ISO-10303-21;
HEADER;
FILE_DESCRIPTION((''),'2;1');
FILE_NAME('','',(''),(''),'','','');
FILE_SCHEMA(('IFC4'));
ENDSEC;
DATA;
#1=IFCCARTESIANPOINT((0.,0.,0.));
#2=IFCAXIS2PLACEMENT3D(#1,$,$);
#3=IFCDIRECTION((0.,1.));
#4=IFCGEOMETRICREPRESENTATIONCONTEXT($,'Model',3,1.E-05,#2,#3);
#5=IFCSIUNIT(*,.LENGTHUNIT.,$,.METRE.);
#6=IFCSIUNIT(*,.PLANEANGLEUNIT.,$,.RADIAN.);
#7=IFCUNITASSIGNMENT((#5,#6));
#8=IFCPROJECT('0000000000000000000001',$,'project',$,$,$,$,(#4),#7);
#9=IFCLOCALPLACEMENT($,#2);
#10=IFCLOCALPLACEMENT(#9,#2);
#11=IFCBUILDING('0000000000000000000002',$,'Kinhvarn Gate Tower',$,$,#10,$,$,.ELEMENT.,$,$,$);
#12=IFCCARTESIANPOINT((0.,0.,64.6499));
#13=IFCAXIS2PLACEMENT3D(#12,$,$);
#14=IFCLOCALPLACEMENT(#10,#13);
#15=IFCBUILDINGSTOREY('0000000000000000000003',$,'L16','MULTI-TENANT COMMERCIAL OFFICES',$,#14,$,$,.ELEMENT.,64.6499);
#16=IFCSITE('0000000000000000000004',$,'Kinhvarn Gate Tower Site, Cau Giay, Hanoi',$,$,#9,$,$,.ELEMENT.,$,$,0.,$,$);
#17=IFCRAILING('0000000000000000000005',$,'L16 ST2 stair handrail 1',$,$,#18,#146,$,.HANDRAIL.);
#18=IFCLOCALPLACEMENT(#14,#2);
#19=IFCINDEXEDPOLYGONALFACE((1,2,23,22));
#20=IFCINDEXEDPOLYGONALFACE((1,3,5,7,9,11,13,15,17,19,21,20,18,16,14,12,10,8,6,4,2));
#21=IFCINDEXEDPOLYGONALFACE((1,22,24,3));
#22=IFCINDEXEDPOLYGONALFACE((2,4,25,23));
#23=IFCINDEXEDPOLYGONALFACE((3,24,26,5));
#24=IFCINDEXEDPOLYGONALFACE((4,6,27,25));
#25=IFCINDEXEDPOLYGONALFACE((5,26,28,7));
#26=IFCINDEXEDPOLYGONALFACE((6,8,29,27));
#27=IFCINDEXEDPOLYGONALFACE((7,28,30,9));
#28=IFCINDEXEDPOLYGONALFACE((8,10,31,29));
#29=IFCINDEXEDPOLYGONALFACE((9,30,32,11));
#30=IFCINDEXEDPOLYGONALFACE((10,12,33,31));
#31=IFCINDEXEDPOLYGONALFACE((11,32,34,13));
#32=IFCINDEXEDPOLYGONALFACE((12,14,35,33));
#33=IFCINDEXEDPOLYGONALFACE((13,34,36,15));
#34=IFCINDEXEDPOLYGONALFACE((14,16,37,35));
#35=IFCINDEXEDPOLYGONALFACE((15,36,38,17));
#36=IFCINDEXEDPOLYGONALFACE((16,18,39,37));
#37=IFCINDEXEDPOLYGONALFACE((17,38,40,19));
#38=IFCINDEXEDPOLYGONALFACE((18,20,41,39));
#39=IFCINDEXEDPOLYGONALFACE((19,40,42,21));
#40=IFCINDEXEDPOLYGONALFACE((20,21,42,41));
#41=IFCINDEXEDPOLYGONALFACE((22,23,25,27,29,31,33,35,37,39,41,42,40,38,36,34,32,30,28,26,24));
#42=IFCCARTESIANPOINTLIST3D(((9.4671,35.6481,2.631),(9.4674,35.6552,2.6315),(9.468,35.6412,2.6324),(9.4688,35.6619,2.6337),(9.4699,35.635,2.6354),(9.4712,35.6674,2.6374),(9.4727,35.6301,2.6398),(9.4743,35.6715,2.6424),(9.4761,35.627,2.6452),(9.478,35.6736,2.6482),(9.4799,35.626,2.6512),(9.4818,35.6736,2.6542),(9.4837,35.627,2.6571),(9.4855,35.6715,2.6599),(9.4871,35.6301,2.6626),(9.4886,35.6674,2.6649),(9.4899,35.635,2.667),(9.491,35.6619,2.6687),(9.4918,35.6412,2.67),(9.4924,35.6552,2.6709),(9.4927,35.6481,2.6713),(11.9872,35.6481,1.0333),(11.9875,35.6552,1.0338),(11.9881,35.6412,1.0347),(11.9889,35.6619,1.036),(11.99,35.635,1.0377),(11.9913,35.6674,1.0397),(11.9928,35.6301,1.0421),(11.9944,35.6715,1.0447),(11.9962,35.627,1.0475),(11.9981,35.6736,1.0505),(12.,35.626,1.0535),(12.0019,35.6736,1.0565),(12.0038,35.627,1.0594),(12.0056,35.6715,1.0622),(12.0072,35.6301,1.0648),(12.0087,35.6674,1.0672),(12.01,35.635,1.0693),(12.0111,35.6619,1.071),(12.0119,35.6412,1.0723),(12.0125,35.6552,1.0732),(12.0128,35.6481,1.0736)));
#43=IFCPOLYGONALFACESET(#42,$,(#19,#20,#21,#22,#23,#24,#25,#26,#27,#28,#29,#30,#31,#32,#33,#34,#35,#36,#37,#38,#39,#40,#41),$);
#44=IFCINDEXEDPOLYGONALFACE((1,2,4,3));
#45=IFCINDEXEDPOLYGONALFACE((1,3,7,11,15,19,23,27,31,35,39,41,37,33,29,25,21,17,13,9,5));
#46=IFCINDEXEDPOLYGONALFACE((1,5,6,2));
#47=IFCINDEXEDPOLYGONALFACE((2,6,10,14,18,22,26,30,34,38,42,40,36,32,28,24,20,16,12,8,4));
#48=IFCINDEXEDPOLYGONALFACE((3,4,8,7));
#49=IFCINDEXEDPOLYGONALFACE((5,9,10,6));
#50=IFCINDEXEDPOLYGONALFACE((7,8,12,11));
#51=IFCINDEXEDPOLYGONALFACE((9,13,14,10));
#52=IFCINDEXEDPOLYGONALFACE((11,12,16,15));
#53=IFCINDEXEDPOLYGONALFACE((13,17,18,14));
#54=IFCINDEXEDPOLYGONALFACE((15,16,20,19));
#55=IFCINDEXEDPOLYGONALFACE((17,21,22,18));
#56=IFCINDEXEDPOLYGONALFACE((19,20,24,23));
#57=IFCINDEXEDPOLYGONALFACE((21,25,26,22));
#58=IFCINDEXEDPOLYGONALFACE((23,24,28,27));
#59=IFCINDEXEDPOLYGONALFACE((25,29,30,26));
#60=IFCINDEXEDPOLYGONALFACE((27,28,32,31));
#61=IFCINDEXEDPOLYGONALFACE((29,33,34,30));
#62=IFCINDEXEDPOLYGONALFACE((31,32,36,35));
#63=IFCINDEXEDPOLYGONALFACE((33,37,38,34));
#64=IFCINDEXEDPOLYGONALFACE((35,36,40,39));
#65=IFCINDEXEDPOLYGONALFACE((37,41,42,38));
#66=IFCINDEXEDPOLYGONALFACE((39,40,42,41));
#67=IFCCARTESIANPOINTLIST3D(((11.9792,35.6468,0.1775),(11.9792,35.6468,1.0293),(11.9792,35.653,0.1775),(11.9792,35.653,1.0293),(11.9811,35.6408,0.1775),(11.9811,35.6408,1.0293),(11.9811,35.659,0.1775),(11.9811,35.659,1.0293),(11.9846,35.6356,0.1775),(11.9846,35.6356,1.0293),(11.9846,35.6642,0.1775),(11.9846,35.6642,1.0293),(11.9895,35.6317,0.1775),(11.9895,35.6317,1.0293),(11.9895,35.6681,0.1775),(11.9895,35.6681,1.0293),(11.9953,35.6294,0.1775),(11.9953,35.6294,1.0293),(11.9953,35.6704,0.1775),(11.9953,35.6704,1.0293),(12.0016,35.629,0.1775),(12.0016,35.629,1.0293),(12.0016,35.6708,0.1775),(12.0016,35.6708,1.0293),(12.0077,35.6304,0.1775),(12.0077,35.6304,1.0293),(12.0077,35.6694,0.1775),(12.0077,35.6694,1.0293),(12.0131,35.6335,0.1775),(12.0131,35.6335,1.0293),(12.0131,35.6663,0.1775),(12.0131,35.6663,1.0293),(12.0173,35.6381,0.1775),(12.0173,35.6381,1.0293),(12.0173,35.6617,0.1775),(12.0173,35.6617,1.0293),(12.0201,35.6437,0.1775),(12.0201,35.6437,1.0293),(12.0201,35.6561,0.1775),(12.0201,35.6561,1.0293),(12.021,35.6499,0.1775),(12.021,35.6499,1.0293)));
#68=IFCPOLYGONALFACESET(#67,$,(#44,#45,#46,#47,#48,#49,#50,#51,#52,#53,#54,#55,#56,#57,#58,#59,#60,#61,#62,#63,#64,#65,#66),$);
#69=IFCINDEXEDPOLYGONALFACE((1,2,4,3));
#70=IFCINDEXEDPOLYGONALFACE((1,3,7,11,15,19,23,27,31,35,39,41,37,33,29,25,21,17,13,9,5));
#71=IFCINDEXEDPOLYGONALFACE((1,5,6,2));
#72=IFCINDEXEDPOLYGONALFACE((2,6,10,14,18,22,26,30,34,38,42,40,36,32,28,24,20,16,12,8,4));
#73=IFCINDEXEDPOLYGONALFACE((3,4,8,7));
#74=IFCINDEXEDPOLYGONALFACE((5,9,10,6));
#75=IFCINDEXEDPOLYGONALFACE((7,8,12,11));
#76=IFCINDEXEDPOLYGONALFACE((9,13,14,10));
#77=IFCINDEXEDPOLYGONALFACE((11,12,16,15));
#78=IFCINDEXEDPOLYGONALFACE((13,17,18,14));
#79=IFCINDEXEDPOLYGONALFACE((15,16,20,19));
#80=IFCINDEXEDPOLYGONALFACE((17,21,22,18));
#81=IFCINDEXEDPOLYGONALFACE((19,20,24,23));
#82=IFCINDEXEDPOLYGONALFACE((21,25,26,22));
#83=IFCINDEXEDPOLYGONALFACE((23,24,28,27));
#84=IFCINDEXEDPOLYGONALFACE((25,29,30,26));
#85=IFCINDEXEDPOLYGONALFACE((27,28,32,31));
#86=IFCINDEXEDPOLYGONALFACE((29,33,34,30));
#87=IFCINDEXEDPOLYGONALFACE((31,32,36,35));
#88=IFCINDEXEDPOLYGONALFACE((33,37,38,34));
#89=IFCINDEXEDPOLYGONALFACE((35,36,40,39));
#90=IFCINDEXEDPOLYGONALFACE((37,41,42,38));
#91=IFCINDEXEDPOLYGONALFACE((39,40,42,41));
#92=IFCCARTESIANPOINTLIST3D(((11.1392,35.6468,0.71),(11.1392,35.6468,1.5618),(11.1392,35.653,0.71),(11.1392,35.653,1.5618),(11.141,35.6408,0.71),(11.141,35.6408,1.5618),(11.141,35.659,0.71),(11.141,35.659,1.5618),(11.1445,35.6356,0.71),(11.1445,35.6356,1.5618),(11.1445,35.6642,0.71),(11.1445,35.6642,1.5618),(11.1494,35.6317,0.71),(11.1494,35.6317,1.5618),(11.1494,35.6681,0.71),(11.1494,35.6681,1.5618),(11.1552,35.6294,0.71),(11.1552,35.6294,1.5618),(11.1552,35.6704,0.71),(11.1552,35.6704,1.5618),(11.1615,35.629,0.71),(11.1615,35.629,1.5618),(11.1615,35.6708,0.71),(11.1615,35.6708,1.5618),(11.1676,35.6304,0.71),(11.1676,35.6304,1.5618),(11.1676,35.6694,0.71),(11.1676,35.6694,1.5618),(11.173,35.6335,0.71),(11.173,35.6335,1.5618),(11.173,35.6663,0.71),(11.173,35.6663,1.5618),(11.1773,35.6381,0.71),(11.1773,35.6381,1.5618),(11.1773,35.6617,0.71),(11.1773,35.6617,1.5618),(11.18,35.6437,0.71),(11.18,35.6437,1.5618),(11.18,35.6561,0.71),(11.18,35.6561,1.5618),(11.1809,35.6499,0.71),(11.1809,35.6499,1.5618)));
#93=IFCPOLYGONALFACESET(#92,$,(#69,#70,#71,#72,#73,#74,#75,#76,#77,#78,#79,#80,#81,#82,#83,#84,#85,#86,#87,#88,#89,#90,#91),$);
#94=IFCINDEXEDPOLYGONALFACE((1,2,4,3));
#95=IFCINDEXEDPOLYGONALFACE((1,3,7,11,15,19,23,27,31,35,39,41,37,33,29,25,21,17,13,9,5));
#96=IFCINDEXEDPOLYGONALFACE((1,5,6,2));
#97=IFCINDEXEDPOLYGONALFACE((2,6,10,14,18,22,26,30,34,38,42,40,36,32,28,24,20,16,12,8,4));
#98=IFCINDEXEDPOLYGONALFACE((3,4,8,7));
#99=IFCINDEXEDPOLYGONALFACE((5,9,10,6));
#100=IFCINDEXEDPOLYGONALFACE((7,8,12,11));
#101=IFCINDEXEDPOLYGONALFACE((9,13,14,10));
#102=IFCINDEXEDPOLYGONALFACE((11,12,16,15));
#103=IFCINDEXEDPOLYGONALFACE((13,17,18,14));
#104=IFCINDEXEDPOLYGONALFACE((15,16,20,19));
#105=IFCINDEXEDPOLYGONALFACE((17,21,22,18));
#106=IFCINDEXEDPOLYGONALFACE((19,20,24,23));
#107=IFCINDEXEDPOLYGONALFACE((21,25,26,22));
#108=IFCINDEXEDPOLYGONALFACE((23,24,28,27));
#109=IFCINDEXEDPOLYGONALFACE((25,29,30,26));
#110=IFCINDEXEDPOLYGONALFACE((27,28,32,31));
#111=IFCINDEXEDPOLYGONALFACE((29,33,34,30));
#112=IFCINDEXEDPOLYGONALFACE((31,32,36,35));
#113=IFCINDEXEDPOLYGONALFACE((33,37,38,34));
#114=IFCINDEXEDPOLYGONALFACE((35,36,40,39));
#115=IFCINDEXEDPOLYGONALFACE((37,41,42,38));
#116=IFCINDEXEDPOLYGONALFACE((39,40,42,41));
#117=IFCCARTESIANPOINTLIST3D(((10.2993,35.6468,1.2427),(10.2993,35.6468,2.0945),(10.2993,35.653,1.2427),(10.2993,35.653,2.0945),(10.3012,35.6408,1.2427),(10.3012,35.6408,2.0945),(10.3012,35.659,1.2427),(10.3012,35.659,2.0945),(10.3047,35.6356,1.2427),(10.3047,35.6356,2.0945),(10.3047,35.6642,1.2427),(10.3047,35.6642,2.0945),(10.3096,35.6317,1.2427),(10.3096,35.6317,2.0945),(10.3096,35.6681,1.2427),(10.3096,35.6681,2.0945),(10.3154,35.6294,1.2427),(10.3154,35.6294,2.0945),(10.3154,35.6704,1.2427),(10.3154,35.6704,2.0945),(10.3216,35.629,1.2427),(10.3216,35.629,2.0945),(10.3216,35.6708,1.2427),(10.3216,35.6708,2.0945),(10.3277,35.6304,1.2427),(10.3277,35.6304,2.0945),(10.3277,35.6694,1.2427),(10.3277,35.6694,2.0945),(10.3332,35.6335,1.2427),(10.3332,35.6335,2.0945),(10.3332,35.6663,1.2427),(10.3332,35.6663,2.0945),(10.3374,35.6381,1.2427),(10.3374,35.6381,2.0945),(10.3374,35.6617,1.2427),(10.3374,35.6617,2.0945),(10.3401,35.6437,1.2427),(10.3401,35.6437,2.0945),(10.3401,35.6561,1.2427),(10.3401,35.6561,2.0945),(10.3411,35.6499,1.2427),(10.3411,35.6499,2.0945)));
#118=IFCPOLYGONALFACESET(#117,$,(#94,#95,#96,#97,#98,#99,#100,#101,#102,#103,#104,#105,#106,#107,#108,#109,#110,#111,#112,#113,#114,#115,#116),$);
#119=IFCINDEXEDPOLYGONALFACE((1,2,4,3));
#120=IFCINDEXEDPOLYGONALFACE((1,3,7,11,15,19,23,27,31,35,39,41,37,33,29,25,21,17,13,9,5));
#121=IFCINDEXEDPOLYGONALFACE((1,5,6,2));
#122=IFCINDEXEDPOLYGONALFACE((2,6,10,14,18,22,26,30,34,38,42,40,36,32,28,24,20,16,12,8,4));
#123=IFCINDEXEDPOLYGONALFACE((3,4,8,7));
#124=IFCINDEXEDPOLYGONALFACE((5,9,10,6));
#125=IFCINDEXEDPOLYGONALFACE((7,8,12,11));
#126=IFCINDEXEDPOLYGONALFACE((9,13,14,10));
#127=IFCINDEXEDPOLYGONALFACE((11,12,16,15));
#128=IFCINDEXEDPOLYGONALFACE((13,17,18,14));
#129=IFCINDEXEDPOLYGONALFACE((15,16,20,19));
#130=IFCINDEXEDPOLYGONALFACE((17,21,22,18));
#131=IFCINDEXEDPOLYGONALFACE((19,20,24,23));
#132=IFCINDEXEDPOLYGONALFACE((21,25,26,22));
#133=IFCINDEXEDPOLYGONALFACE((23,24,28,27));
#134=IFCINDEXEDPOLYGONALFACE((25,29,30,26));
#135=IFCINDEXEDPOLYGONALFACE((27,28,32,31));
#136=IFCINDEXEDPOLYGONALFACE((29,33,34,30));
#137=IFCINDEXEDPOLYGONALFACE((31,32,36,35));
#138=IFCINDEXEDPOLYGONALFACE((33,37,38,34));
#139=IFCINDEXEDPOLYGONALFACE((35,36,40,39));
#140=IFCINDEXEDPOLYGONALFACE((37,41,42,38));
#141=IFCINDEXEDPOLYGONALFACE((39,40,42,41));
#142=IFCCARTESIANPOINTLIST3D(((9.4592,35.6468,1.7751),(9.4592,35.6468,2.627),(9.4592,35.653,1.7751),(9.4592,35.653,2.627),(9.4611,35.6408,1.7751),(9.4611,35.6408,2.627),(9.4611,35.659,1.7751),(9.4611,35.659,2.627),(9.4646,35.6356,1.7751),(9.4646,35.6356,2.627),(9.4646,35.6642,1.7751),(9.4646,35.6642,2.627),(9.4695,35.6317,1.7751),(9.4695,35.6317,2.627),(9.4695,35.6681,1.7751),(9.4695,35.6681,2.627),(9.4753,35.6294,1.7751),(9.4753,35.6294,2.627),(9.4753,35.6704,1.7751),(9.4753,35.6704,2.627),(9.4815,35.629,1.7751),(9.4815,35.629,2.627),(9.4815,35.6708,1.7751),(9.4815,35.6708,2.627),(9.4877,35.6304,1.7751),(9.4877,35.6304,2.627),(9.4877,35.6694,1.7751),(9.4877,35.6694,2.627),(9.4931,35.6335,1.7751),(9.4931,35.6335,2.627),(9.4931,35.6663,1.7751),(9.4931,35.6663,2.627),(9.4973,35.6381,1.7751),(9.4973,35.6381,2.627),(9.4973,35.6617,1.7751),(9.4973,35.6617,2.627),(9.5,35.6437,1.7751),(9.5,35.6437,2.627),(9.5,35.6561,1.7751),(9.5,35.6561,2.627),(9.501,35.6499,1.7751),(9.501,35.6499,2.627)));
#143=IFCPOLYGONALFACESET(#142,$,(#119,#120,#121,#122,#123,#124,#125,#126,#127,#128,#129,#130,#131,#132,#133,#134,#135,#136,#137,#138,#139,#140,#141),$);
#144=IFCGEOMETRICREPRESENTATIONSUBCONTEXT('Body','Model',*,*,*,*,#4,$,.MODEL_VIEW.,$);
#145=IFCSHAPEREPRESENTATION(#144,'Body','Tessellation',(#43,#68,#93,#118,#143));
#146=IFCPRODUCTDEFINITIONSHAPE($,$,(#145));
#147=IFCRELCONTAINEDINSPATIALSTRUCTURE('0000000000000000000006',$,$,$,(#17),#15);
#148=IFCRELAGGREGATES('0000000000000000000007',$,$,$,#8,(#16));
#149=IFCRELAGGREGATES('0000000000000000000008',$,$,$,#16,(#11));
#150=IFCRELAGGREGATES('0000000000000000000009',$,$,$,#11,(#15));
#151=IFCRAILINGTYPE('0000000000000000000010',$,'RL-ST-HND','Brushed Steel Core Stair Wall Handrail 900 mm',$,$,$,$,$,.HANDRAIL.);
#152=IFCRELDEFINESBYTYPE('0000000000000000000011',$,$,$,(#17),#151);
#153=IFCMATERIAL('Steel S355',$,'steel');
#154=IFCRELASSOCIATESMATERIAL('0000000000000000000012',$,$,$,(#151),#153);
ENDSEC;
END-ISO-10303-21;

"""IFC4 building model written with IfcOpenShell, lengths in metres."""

from ifc_helpers import new_model, si_unit, direction, frame, origin, origin_2d, place, context, subcontext, project, spatial, circle, extrude, material, type_object, element, save


model = new_model("IFC4")

# Units and contexts
model_context = context("Model", 3, precision=1e-05, world=origin(), true_north=direction((0.0, 1.0)))
body_context = subcontext(model_context, "Body", "Model", "MODEL_VIEW")
ifc_project = project(units=[si_unit("LENGTHUNIT", "METRE"), si_unit("PLANEANGLEUNIT", "RADIAN")], contexts=[model_context])

# Site, building, storey
site_placement = place(None, origin())
site = spatial("IfcSite", under=ifc_project, at=site_placement, Name="Kinhvarn Gate Tower Site, Cau Giay, Hanoi", CompositionType="ELEMENT", RefElevation=0.0)
building_placement = place(site_placement, origin())
building = spatial("IfcBuilding", under=site, at=building_placement, Name="Kinhvarn Gate Tower", CompositionType="ELEMENT")
storey_placement = place(building_placement, frame((0.0, 0.0, 64.6499)))
storey = spatial("IfcBuildingStorey", under=building, at=storey_placement, Name="L16", Description="MULTI-TENANT COMMERCIAL OFFICES", CompositionType="ELEMENT", Elevation=64.6499)

# Shared definitions
ifc_material_1 = material(Name="Steel S355", Category="steel")

# Railing
railing_type_1 = type_object("IfcRailingType", Name="RL-ST-HND", Description="Brushed Steel Core Stair Wall Handrail 900 mm", PredefinedType="HANDRAIL", material=ifc_material_1)
railing_1_placement = place(storey_placement, frame((12.0, 35.6499, 0.1775)))
element("IfcRailing", 1, at=railing_1_placement, inside=storey, type_object=railing_type_1, Name="L16 ST2 stair handrail 1", PredefinedType="HANDRAIL", context=body_context, shape_type="SweptSolid", body=[
    extrude(circle(Radius=0.0239, at=origin_2d()), frame((0.0, 0.0, 0.876), z_axis=(-0.84457, 0.0, 0.535445), x_axis=(0.0, -1.0, 0.0)), (0.0, 0.0, 1.0), 2.9839),
    extrude(circle(Radius=0.021, at=origin_2d()), origin(), (0.0, 0.0, 1.0), 0.8518),
    extrude(circle(Radius=0.021, at=origin_2d()), frame((-0.8401, 0.0, 0.5325)), (0.0, 0.0, 1.0), 0.8518),
    extrude(circle(Radius=0.021, at=origin_2d()), frame((-1.6799, 0.0, 1.0652)), (0.0, 0.0, 1.0), 0.8518),
    extrude(circle(Radius=0.021, at=origin_2d()), frame((-2.52, 0.0, 1.5977)), (0.0, 0.0, 1.0), 0.8518),
])

save(model, "model.ifc")
